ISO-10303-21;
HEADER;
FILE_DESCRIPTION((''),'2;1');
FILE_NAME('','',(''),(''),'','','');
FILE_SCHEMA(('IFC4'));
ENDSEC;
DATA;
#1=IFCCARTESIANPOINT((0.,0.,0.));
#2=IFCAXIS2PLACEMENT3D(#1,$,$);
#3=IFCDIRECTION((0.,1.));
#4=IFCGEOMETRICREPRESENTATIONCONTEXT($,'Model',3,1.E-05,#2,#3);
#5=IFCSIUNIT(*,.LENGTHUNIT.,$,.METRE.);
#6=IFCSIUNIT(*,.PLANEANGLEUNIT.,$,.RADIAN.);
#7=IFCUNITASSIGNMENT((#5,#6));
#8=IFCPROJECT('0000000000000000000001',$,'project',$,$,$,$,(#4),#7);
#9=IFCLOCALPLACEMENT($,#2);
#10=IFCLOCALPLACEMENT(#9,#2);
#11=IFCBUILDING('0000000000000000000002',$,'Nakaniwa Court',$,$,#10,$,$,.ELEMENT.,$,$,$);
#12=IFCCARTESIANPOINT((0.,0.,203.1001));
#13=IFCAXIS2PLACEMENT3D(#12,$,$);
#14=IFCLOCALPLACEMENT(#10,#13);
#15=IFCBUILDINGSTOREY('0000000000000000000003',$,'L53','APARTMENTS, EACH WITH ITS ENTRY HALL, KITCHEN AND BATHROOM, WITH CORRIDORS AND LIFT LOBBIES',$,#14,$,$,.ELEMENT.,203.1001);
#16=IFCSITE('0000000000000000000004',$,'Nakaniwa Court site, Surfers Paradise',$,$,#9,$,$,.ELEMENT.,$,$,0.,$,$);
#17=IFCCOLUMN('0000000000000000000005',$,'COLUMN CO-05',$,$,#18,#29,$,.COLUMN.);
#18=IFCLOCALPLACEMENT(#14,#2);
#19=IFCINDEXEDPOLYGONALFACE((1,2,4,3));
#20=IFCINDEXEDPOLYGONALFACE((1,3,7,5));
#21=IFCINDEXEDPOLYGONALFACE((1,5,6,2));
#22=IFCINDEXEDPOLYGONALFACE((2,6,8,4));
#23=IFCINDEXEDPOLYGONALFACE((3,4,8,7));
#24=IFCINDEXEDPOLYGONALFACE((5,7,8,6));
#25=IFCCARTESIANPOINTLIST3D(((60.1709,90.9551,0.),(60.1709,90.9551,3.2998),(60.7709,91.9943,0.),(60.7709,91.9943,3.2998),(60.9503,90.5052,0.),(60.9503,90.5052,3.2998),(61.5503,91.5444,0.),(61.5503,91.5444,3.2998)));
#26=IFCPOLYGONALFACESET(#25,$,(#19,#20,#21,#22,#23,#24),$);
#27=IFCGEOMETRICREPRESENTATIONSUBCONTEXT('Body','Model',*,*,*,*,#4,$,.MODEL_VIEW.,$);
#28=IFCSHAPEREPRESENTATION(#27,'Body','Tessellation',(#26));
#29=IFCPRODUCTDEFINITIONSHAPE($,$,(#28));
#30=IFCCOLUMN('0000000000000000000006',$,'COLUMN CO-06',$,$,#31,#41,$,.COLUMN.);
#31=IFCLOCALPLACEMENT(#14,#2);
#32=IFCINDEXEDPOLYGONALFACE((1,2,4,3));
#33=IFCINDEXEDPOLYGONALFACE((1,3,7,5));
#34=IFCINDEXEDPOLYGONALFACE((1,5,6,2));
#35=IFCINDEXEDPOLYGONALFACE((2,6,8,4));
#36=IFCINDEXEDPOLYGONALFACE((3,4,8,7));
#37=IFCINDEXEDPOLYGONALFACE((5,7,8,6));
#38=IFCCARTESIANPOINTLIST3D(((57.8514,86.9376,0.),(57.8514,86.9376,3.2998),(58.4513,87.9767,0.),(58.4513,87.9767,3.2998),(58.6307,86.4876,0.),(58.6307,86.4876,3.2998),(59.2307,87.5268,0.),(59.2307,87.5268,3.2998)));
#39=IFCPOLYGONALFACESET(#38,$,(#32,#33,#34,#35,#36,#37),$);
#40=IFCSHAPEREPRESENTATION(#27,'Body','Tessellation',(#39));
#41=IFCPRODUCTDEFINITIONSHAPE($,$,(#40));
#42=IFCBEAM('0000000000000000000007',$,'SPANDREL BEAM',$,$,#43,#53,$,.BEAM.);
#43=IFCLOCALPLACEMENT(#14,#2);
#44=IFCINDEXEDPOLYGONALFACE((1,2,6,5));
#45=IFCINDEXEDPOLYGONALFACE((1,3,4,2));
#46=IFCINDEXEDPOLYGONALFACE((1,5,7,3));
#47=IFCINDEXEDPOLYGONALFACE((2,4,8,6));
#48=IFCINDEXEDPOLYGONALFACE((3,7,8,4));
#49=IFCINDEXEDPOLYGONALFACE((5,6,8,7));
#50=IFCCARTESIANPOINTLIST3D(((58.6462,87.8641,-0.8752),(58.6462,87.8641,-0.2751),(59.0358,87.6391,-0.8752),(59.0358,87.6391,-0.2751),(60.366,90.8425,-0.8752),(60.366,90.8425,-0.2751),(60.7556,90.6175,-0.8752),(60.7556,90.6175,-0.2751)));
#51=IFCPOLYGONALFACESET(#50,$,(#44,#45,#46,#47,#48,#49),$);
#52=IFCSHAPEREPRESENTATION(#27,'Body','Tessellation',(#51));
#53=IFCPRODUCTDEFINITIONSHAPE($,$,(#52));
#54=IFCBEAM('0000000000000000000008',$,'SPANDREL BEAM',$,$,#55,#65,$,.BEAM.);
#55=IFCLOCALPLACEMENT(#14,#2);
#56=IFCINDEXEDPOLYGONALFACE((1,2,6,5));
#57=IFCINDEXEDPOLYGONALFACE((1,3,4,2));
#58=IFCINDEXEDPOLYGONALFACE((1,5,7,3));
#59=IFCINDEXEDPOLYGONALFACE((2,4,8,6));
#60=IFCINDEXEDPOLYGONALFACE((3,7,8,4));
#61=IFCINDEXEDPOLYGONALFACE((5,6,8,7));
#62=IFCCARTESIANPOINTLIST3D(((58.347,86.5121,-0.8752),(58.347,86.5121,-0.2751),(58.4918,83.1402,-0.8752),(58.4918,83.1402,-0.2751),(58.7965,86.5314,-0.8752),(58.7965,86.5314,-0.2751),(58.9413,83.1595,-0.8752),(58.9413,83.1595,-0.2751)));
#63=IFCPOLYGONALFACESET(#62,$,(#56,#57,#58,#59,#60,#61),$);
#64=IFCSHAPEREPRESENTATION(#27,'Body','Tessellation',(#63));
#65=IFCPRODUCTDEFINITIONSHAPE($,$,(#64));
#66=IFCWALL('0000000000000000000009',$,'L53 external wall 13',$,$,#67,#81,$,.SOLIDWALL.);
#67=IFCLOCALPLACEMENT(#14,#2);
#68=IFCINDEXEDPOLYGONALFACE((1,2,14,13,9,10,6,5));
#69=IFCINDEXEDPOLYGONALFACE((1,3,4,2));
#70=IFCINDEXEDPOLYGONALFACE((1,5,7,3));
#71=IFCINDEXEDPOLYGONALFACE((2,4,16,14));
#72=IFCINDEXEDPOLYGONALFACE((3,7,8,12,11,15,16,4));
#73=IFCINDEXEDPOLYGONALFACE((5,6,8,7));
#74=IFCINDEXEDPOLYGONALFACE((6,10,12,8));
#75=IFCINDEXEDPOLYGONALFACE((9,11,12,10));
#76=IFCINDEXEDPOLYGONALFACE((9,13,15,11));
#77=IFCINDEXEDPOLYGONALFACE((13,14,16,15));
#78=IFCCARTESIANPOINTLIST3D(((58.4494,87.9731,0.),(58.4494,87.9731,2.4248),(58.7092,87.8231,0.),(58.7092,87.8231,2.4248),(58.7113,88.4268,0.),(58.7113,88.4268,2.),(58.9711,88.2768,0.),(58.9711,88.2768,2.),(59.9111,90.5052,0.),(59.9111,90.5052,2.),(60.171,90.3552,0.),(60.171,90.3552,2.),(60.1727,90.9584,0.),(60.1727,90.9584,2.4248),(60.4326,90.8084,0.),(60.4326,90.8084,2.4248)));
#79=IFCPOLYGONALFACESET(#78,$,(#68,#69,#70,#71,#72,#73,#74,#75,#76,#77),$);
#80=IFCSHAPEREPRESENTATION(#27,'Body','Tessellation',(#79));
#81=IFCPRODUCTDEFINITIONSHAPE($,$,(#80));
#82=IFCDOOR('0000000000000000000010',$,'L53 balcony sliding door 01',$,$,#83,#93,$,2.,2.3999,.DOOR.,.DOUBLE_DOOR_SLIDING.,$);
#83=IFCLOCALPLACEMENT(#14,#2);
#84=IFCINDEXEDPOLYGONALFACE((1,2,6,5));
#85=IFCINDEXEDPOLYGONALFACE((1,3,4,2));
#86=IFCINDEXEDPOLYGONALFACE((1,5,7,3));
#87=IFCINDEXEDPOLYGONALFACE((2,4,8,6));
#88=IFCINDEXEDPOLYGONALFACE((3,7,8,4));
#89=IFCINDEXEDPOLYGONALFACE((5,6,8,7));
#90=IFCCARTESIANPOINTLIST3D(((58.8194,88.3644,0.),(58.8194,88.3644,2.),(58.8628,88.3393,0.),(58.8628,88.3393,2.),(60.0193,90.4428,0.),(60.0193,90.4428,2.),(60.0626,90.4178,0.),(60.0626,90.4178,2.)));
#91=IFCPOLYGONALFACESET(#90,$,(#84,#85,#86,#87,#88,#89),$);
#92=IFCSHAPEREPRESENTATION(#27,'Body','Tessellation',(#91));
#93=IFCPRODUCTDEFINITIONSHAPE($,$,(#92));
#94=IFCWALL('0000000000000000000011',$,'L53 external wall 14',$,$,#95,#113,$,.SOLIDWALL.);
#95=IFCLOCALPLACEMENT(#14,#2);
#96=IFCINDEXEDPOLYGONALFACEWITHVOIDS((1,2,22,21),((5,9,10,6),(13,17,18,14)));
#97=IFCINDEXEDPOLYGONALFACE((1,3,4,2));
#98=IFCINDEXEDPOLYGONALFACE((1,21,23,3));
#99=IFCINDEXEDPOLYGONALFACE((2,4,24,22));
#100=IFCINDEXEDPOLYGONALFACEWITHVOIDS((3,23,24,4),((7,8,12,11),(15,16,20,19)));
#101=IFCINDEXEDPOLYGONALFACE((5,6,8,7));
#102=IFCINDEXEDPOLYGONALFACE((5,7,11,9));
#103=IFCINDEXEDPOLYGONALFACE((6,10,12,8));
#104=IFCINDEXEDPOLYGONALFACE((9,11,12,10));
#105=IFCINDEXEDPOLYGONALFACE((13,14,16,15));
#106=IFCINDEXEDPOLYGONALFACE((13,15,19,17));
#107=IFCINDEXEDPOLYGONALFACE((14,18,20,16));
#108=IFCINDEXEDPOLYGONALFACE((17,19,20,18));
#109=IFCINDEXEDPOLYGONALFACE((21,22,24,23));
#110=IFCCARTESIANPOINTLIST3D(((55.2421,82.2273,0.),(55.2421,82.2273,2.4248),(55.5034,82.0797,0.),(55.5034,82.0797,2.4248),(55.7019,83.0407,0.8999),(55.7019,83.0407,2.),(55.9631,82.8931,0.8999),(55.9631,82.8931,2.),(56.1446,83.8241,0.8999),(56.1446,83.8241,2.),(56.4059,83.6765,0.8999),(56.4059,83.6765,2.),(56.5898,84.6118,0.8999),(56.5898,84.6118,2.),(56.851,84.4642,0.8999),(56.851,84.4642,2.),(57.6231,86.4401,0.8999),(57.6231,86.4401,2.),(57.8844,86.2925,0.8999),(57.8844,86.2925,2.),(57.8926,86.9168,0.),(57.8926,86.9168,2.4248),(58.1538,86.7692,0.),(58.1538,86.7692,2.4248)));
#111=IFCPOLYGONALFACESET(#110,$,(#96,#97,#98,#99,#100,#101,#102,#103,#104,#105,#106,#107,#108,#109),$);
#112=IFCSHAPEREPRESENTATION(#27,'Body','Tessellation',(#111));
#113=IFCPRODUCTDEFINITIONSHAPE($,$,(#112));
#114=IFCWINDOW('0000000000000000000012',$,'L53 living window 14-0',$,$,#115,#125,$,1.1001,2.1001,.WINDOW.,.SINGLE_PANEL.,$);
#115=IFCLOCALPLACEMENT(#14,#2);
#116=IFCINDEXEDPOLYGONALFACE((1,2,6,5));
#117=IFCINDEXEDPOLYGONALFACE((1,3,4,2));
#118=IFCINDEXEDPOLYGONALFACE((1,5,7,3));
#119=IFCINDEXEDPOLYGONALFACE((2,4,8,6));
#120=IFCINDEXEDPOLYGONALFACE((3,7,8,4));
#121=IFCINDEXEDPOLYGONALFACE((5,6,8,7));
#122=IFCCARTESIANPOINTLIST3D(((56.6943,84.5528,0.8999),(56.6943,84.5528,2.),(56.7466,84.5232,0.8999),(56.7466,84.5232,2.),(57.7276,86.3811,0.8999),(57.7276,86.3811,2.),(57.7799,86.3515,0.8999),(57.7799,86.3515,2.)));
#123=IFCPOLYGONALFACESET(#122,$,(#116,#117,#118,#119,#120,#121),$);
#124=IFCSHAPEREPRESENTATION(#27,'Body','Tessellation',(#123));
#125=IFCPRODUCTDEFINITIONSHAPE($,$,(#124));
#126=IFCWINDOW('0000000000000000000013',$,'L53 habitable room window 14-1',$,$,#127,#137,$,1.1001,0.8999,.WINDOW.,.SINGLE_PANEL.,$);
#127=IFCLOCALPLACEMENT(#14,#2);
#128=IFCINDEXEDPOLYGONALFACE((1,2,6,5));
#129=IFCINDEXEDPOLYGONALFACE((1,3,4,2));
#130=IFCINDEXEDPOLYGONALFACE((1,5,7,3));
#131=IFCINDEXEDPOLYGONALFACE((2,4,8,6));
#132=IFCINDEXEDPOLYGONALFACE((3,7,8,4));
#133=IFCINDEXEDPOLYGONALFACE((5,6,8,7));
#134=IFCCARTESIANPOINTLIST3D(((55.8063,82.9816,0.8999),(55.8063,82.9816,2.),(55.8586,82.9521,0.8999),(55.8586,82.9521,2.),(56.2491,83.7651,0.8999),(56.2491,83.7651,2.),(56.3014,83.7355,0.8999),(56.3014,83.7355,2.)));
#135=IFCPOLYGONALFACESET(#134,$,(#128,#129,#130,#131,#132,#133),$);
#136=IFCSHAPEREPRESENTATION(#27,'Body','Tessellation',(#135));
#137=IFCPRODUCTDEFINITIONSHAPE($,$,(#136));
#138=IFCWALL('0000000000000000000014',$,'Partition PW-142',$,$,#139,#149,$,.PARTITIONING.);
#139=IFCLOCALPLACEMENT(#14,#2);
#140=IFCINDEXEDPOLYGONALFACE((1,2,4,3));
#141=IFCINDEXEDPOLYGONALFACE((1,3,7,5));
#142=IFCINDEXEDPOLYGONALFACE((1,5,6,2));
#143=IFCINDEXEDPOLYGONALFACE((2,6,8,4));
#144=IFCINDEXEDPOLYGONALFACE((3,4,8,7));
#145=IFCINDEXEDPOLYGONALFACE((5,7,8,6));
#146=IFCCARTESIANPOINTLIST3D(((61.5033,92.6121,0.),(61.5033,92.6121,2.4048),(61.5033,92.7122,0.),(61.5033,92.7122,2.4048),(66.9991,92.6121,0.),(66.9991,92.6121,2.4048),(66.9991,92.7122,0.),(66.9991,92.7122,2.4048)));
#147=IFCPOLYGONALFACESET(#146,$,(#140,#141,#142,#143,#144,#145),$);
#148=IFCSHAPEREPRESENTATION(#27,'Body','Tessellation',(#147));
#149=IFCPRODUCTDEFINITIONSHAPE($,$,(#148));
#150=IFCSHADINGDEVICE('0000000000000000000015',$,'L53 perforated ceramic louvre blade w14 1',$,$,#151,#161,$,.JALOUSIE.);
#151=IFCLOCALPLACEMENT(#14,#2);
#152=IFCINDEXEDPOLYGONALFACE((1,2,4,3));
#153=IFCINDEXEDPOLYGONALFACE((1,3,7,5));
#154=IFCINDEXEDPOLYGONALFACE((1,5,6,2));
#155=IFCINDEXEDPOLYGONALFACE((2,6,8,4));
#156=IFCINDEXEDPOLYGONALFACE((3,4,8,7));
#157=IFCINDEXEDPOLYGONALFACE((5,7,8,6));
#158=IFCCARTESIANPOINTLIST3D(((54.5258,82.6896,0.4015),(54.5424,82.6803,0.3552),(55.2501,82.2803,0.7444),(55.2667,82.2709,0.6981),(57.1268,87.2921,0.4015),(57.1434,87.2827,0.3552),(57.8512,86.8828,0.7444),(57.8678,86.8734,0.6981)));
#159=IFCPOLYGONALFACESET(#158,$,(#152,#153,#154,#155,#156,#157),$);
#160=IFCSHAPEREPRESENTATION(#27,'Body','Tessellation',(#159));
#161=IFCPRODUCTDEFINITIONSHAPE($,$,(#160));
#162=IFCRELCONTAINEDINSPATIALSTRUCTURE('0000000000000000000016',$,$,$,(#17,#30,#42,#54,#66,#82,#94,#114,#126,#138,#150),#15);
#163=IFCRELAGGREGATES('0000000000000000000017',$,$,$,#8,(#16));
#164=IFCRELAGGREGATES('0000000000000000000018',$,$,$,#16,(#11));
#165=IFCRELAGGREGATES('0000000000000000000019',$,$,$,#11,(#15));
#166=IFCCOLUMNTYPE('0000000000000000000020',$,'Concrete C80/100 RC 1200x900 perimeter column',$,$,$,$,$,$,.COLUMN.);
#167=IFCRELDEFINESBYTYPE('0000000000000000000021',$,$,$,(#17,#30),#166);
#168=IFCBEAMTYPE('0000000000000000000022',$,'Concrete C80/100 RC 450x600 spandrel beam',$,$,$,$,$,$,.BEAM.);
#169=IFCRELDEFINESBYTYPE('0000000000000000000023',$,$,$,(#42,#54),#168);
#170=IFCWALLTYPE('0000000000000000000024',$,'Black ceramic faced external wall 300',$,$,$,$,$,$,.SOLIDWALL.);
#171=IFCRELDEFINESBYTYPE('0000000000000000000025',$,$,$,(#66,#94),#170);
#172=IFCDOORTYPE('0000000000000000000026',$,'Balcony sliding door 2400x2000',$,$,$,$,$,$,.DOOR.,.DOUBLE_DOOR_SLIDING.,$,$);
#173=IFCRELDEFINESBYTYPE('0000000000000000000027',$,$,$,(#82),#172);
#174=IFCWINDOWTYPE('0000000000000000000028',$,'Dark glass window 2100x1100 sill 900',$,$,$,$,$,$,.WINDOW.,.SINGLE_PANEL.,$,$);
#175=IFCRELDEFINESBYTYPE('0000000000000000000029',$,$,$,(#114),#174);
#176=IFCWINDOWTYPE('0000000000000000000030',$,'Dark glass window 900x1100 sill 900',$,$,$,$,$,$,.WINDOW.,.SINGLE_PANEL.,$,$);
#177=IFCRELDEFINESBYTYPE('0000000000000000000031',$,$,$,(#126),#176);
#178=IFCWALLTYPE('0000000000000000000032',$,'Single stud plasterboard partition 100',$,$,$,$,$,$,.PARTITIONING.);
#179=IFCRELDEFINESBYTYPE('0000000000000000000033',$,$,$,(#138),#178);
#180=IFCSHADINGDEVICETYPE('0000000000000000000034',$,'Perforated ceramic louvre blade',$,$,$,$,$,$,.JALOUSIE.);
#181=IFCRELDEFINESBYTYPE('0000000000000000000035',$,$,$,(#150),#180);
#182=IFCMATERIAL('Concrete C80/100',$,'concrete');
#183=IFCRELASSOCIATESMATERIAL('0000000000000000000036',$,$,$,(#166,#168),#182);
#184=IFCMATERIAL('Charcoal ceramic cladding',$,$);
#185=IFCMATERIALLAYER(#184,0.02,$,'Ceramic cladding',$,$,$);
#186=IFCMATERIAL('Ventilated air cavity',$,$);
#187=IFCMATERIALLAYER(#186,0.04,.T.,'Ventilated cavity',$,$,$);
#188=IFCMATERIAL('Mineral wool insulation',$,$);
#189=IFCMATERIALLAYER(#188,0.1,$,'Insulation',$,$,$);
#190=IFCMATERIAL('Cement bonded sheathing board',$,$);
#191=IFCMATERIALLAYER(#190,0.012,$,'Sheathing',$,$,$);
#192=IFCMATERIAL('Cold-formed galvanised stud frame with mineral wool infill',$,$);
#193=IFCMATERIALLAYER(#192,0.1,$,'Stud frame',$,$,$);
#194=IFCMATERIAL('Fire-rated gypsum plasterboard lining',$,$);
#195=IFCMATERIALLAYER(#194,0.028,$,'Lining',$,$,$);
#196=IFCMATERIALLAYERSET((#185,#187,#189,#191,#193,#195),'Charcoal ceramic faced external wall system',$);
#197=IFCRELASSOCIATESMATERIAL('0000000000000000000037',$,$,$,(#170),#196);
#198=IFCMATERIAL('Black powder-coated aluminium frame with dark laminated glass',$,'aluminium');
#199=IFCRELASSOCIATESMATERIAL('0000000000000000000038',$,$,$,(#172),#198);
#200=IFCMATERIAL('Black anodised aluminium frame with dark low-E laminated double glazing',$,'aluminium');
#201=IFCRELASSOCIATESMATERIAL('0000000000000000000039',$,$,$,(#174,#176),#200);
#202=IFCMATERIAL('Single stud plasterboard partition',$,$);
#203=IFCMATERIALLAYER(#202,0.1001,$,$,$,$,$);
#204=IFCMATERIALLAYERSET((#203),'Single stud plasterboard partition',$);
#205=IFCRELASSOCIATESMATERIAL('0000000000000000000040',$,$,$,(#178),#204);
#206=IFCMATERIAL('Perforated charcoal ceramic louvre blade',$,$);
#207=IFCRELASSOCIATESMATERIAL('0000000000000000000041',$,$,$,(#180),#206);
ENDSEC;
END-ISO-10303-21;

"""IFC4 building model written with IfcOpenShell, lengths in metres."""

from ifc_helpers import new_model, si_unit, direction, frame, frame_2d, origin, origin_2d, place, context, subcontext, project, spatial, rectangle, extrude, material, layer, layer_set, material_profile, profile_set, type_object, element, fill, save


model = new_model("IFC4")

# Units and contexts
model_context = context("Model", 3, precision=1e-05, world=origin(), true_north=direction((0.0, 1.0)))
body_context = subcontext(model_context, "Body", "Model", "MODEL_VIEW")
ifc_project = project(units=[si_unit("LENGTHUNIT", "METRE"), si_unit("PLANEANGLEUNIT", "RADIAN")], contexts=[model_context])

# Site, building, storey
site_placement = place(None, origin())
site = spatial("IfcSite", under=ifc_project, at=site_placement, Name="Nakaniwa Court site, Surfers Paradise", CompositionType="ELEMENT", RefElevation=0.0)
building_placement = place(site_placement, origin())
building = spatial("IfcBuilding", under=site, at=building_placement, Name="Nakaniwa Court", CompositionType="ELEMENT")
storey_placement = place(building_placement, frame((0.0, 0.0, 203.1001)))
storey = spatial("IfcBuildingStorey", under=building, at=storey_placement, Name="L53", Description="APARTMENTS, EACH WITH ITS ENTRY HALL, KITCHEN AND BATHROOM, WITH CORRIDORS AND LIFT LOBBIES", CompositionType="ELEMENT", Elevation=203.1001)

# Columns
ifc_material_1 = material(Name="Concrete C80/100", Category="concrete")
ifc_material_profile_1 = material_profile(ifc_material_1, rectangle(XDim=1.2, YDim=0.8999, at=origin_2d()), Name="Concrete C80/100 RC 1200x900 perimeter column")
ifc_profile_set_1 = profile_set([ifc_material_profile_1], Name="Concrete C80/100")
column_type = type_object("IfcColumnType", Name="Concrete C80/100 RC 1200x900 perimeter column", PredefinedType="COLUMN", material=ifc_profile_set_1)
for number, where, z_axis, x_axis, name in (
    (1, (60.8606, 91.2498, 0.0), (0.0, 0.0, 1.0), (-0.5, -0.866025, 0.0), "COLUMN CO-05"),
    (2, (58.541, 87.2322, 0.0), (0.0, 0.0, 1.0), (-0.5, -0.866025, 0.0), "COLUMN CO-06"),
):
    element("IfcColumn", number, at=place(storey_placement, frame(where, z_axis=z_axis, x_axis=x_axis)), inside=storey, type_object=column_type, Name=name, PredefinedType="COLUMN", context=body_context, shape_type="SweptSolid", body=[
        extrude(rectangle(XDim=1.2, YDim=0.8999, at=origin_2d()), origin(), (0.0, 0.0, 1.0), 3.2998),
    ])

# Beams
ifc_material_profile_2 = material_profile(ifc_material_1, rectangle(XDim=0.45, YDim=0.6001, at=origin_2d()), Name="Concrete C80/100 RC 450x600 spandrel beam")
ifc_profile_set_2 = profile_set([ifc_material_profile_2], Name="Concrete C80/100")
beam_type = type_object("IfcBeamType", Name="Concrete C80/100 RC 450x600 spandrel beam", PredefinedType="BEAM", material=ifc_profile_set_2)
beam_1_placement = place(storey_placement, frame((60.5608, 90.73, -0.5752), z_axis=(-0.500048, -0.865998, 0.0), x_axis=(0.865998, -0.500048, 0.0)))
element("IfcBeam", 3, at=beam_1_placement, inside=storey, type_object=beam_type, Name="SPANDREL BEAM", PredefinedType="BEAM", context=body_context, shape_type="SweptSolid", body=[
    extrude(rectangle(XDim=0.45, YDim=0.6001, at=origin_2d()), origin(), (0.0, 0.0, 1.0), 3.4392),
])
beam_2_placement = place(storey_placement, frame((58.5718, 86.5217, -0.5752), z_axis=(0.042897, -0.999079, 0.0), x_axis=(0.999079, 0.042897, 0.0)))
element("IfcBeam", 4, at=beam_2_placement, inside=storey, type_object=beam_type, Name="SPANDREL BEAM", PredefinedType="BEAM", context=body_context, shape_type="SweptSolid", body=[
    extrude(rectangle(XDim=0.45, YDim=0.6001, at=origin_2d()), origin(), (0.0, 0.0, 1.0), 3.375),
])

# Wall, opening, door
ifc_material_2 = material(Name="Charcoal ceramic cladding")
ifc_layer_1 = layer(ifc_material_2, 0.02, Name="Ceramic cladding")
ifc_material_3 = material(Name="Ventilated air cavity")
ifc_layer_2 = layer(ifc_material_3, 0.04, ventilated=True, Name="Ventilated cavity")
ifc_material_4 = material(Name="Mineral wool insulation")
ifc_layer_3 = layer(ifc_material_4, 0.1, Name="Insulation")
ifc_material_5 = material(Name="Cement bonded sheathing board")
ifc_layer_4 = layer(ifc_material_5, 0.012, Name="Sheathing")
ifc_material_6 = material(Name="Cold-formed galvanised stud frame with mineral wool infill")
ifc_layer_5 = layer(ifc_material_6, 0.1, Name="Stud frame")
ifc_material_7 = material(Name="Fire-rated gypsum plasterboard lining")
ifc_layer_6 = layer(ifc_material_7, 0.028, Name="Lining")
ifc_layer_set_1 = layer_set([ifc_layer_1, ifc_layer_2, ifc_layer_3, ifc_layer_4, ifc_layer_5, ifc_layer_6], Name="Charcoal ceramic faced external wall system")
wall_type_1 = type_object("IfcWallType", Name="Black ceramic faced external wall 300", PredefinedType="SOLIDWALL", material=ifc_layer_set_1)
wall_1_placement = place(storey_placement, frame((60.3027, 90.8835, 0.0), z_axis=(0.0, 0.0, 1.0), x_axis=(-0.499955, -0.866051, 0.0)))
wall_1 = element("IfcWall", 5, at=wall_1_placement, inside=storey, type_object=wall_type_1, Name="L53 external wall 13", PredefinedType="SOLIDWALL", context=body_context, shape_type="SweptSolid", body=[
    extrude(rectangle(XDim=3.447, YDim=0.3, at=frame_2d((1.7236, 0.0))), origin(), (0.0, 0.0, 1.0), 2.4248),
])
opening_1_placement = place(wall_1_placement, frame((0.5234, 0.0, 0.0)))
opening_1 = element("IfcOpeningElement", 6, at=opening_1_placement, cuts=wall_1, PredefinedType="OPENING", context=body_context, shape_type="SweptSolid", body=[
    extrude(rectangle(XDim=2.3999, YDim=2.0, at=frame_2d((1.2, 1.0))), frame((0.0, 0.1599, 0.0), z_axis=(0.0, -1.0, 0.0), x_axis=(1.0, 0.0, 0.0)), (0.0, 0.0, 1.0), 0.3201),
])
ifc_material_8 = material(Name="Black powder-coated aluminium frame with dark laminated glass", Category="aluminium")
door_type = type_object("IfcDoorType", Name="Balcony sliding door 2400x2000", OperationType="DOUBLE_DOOR_SLIDING", PredefinedType="DOOR", material=ifc_material_8)
door_placement = place(opening_1_placement, origin())
door = element("IfcDoor", 7, at=door_placement, inside=storey, type_object=door_type, Name="L53 balcony sliding door 01", OperationType="DOUBLE_DOOR_SLIDING", OverallHeight=2.0, OverallWidth=2.3999, PredefinedType="DOOR", context=body_context, shape_type="SweptSolid", body=[
    extrude(rectangle(XDim=2.3999, YDim=2.0, at=frame_2d((1.2, 1.0))), frame((0.0, 0.0249, 0.0), z_axis=(0.0, -1.0, 0.0), x_axis=(1.0, 0.0, 0.0)), (0.0, 0.0, 1.0), 0.05),
])
fill(opening_1, door)

# Wall, openings, windows
wall_2_placement = place(storey_placement, frame((58.0232, 86.843, 0.0), z_axis=(0.0, 0.0, 1.0), x_axis=(-0.492033, -0.870576, 0.0)))
wall_2 = element("IfcWall", 8, at=wall_2_placement, inside=storey, type_object=wall_type_1, Name="L53 external wall 14", PredefinedType="SOLIDWALL", context=body_context, shape_type="SweptSolid", body=[
    extrude(rectangle(XDim=5.3867, YDim=0.3, at=frame_2d((2.6934, 0.0))), origin(), (0.0, 0.0, 1.0), 2.4248),
])
opening_2_placement = place(wall_2_placement, frame((0.5476, 0.0, 0.8999)))
opening_2 = element("IfcOpeningElement", 9, at=opening_2_placement, cuts=wall_2, PredefinedType="OPENING", context=body_context, shape_type="SweptSolid", body=[
    extrude(rectangle(XDim=2.1001, YDim=1.1001, at=frame_2d((1.05, 0.55))), frame((0.0, 0.1599, 0.0), z_axis=(0.0, -1.0, 0.0), x_axis=(1.0, 0.0, 0.0)), (0.0, 0.0, 1.0), 0.3201),
])
opening_3_placement = place(wall_2_placement, frame((3.5525, 0.0, 0.8999)))
opening_3 = element("IfcOpeningElement", 10, at=opening_3_placement, cuts=wall_2, PredefinedType="OPENING", context=body_context, shape_type="SweptSolid", body=[
    extrude(rectangle(XDim=0.8999, YDim=1.1001, at=frame_2d((0.45, 0.55))), frame((0.0, 0.1599, 0.0), z_axis=(0.0, -1.0, 0.0), x_axis=(1.0, 0.0, 0.0)), (0.0, 0.0, 1.0), 0.3201),
])
ifc_material_9 = material(Name="Black anodised aluminium frame with dark low-E laminated double glazing", Category="aluminium")
window_type_1 = type_object("IfcWindowType", Name="Dark glass window 2100x1100 sill 900", PartitioningType="SINGLE_PANEL", PredefinedType="WINDOW", material=ifc_material_9)
window_1_placement = place(opening_2_placement, origin())
window_1 = element("IfcWindow", 11, at=window_1_placement, inside=storey, type_object=window_type_1, Name="L53 living window 14-0", OverallHeight=1.1001, OverallWidth=2.1001, PartitioningType="SINGLE_PANEL", PredefinedType="WINDOW", context=body_context, shape_type="SweptSolid", body=[
    extrude(rectangle(XDim=2.1001, YDim=1.1001, at=frame_2d((1.05, 0.55))), frame((0.0, 0.03, 0.0), z_axis=(0.0, -1.0, 0.0), x_axis=(1.0, 0.0, 0.0)), (0.0, 0.0, 1.0), 0.0601),
])
fill(opening_2, window_1)
window_type_2 = type_object("IfcWindowType", Name="Dark glass window 900x1100 sill 900", PartitioningType="SINGLE_PANEL", PredefinedType="WINDOW", material=ifc_material_9)
window_2_placement = place(opening_3_placement, origin())
window_2 = element("IfcWindow", 12, at=window_2_placement, inside=storey, type_object=window_type_2, Name="L53 habitable room window 14-1", OverallHeight=1.1001, OverallWidth=0.8999, PartitioningType="SINGLE_PANEL", PredefinedType="WINDOW", context=body_context, shape_type="SweptSolid", body=[
    extrude(rectangle(XDim=0.8999, YDim=1.1001, at=frame_2d((0.45, 0.55))), frame((0.0, 0.03, 0.0), z_axis=(0.0, -1.0, 0.0), x_axis=(1.0, 0.0, 0.0)), (0.0, 0.0, 1.0), 0.0601),
])
fill(opening_3, window_2)

# Wall
ifc_material_10 = material(Name="Single stud plasterboard partition")
ifc_layer_7 = layer(ifc_material_10, 0.1001)
ifc_layer_set_2 = layer_set([ifc_layer_7], Name="Single stud plasterboard partition")
wall_type_2 = type_object("IfcWallType", Name="Single stud plasterboard partition 100", PredefinedType="PARTITIONING", material=ifc_layer_set_2)
wall_3_placement = place(storey_placement, frame((61.5032, 92.6621, 0.0), z_axis=(0.0, 0.0, 1.0), x_axis=(1.0, 0.0, 0.0)))
element("IfcWall", 13, at=wall_3_placement, inside=storey, type_object=wall_type_2, Name="Partition PW-142", PredefinedType="PARTITIONING", context=body_context, shape_type="SweptSolid", body=[
    extrude(rectangle(XDim=5.4958, YDim=0.1001, at=frame_2d((2.748, 0.0))), origin(), (0.0, 0.0, 1.0), 2.4048),
])

# Shading device
ifc_material_11 = material(Name="Perforated charcoal ceramic louvre blade")
ifc_material_profile_3 = material_profile(ifc_material_11, rectangle(XDim=0.8999, YDim=0.05, at=origin_2d()), Name="Perforated ceramic louvre blade")
ifc_profile_set_3 = profile_set([ifc_material_profile_3], Name="Perforated charcoal ceramic louvre blade")
shading_device_type = type_object("IfcShadingDeviceType", Name="Perforated ceramic louvre blade", PredefinedType="JALOUSIE", material=ifc_profile_set_3)
for number, where, z_axis, x_axis, name in (
    (14, (57.4973, 87.0828, 0.5498), (-0.492006, -0.870592, 0.0), (0.804902, -0.454882, 0.38107), "L53 perforated ceramic louvre blade w14 1"),
):
    element("IfcShadingDevice", number, at=place(storey_placement, frame(where, z_axis=z_axis, x_axis=x_axis)), inside=storey, type_object=shading_device_type, Name=name, PredefinedType="JALOUSIE", context=body_context, shape_type="SweptSolid", body=[
        extrude(rectangle(XDim=0.8999, YDim=0.05, at=origin_2d()), origin(), (0.0, 0.0, 1.0), 5.2866),
    ])

save(model, "model.ifc")
